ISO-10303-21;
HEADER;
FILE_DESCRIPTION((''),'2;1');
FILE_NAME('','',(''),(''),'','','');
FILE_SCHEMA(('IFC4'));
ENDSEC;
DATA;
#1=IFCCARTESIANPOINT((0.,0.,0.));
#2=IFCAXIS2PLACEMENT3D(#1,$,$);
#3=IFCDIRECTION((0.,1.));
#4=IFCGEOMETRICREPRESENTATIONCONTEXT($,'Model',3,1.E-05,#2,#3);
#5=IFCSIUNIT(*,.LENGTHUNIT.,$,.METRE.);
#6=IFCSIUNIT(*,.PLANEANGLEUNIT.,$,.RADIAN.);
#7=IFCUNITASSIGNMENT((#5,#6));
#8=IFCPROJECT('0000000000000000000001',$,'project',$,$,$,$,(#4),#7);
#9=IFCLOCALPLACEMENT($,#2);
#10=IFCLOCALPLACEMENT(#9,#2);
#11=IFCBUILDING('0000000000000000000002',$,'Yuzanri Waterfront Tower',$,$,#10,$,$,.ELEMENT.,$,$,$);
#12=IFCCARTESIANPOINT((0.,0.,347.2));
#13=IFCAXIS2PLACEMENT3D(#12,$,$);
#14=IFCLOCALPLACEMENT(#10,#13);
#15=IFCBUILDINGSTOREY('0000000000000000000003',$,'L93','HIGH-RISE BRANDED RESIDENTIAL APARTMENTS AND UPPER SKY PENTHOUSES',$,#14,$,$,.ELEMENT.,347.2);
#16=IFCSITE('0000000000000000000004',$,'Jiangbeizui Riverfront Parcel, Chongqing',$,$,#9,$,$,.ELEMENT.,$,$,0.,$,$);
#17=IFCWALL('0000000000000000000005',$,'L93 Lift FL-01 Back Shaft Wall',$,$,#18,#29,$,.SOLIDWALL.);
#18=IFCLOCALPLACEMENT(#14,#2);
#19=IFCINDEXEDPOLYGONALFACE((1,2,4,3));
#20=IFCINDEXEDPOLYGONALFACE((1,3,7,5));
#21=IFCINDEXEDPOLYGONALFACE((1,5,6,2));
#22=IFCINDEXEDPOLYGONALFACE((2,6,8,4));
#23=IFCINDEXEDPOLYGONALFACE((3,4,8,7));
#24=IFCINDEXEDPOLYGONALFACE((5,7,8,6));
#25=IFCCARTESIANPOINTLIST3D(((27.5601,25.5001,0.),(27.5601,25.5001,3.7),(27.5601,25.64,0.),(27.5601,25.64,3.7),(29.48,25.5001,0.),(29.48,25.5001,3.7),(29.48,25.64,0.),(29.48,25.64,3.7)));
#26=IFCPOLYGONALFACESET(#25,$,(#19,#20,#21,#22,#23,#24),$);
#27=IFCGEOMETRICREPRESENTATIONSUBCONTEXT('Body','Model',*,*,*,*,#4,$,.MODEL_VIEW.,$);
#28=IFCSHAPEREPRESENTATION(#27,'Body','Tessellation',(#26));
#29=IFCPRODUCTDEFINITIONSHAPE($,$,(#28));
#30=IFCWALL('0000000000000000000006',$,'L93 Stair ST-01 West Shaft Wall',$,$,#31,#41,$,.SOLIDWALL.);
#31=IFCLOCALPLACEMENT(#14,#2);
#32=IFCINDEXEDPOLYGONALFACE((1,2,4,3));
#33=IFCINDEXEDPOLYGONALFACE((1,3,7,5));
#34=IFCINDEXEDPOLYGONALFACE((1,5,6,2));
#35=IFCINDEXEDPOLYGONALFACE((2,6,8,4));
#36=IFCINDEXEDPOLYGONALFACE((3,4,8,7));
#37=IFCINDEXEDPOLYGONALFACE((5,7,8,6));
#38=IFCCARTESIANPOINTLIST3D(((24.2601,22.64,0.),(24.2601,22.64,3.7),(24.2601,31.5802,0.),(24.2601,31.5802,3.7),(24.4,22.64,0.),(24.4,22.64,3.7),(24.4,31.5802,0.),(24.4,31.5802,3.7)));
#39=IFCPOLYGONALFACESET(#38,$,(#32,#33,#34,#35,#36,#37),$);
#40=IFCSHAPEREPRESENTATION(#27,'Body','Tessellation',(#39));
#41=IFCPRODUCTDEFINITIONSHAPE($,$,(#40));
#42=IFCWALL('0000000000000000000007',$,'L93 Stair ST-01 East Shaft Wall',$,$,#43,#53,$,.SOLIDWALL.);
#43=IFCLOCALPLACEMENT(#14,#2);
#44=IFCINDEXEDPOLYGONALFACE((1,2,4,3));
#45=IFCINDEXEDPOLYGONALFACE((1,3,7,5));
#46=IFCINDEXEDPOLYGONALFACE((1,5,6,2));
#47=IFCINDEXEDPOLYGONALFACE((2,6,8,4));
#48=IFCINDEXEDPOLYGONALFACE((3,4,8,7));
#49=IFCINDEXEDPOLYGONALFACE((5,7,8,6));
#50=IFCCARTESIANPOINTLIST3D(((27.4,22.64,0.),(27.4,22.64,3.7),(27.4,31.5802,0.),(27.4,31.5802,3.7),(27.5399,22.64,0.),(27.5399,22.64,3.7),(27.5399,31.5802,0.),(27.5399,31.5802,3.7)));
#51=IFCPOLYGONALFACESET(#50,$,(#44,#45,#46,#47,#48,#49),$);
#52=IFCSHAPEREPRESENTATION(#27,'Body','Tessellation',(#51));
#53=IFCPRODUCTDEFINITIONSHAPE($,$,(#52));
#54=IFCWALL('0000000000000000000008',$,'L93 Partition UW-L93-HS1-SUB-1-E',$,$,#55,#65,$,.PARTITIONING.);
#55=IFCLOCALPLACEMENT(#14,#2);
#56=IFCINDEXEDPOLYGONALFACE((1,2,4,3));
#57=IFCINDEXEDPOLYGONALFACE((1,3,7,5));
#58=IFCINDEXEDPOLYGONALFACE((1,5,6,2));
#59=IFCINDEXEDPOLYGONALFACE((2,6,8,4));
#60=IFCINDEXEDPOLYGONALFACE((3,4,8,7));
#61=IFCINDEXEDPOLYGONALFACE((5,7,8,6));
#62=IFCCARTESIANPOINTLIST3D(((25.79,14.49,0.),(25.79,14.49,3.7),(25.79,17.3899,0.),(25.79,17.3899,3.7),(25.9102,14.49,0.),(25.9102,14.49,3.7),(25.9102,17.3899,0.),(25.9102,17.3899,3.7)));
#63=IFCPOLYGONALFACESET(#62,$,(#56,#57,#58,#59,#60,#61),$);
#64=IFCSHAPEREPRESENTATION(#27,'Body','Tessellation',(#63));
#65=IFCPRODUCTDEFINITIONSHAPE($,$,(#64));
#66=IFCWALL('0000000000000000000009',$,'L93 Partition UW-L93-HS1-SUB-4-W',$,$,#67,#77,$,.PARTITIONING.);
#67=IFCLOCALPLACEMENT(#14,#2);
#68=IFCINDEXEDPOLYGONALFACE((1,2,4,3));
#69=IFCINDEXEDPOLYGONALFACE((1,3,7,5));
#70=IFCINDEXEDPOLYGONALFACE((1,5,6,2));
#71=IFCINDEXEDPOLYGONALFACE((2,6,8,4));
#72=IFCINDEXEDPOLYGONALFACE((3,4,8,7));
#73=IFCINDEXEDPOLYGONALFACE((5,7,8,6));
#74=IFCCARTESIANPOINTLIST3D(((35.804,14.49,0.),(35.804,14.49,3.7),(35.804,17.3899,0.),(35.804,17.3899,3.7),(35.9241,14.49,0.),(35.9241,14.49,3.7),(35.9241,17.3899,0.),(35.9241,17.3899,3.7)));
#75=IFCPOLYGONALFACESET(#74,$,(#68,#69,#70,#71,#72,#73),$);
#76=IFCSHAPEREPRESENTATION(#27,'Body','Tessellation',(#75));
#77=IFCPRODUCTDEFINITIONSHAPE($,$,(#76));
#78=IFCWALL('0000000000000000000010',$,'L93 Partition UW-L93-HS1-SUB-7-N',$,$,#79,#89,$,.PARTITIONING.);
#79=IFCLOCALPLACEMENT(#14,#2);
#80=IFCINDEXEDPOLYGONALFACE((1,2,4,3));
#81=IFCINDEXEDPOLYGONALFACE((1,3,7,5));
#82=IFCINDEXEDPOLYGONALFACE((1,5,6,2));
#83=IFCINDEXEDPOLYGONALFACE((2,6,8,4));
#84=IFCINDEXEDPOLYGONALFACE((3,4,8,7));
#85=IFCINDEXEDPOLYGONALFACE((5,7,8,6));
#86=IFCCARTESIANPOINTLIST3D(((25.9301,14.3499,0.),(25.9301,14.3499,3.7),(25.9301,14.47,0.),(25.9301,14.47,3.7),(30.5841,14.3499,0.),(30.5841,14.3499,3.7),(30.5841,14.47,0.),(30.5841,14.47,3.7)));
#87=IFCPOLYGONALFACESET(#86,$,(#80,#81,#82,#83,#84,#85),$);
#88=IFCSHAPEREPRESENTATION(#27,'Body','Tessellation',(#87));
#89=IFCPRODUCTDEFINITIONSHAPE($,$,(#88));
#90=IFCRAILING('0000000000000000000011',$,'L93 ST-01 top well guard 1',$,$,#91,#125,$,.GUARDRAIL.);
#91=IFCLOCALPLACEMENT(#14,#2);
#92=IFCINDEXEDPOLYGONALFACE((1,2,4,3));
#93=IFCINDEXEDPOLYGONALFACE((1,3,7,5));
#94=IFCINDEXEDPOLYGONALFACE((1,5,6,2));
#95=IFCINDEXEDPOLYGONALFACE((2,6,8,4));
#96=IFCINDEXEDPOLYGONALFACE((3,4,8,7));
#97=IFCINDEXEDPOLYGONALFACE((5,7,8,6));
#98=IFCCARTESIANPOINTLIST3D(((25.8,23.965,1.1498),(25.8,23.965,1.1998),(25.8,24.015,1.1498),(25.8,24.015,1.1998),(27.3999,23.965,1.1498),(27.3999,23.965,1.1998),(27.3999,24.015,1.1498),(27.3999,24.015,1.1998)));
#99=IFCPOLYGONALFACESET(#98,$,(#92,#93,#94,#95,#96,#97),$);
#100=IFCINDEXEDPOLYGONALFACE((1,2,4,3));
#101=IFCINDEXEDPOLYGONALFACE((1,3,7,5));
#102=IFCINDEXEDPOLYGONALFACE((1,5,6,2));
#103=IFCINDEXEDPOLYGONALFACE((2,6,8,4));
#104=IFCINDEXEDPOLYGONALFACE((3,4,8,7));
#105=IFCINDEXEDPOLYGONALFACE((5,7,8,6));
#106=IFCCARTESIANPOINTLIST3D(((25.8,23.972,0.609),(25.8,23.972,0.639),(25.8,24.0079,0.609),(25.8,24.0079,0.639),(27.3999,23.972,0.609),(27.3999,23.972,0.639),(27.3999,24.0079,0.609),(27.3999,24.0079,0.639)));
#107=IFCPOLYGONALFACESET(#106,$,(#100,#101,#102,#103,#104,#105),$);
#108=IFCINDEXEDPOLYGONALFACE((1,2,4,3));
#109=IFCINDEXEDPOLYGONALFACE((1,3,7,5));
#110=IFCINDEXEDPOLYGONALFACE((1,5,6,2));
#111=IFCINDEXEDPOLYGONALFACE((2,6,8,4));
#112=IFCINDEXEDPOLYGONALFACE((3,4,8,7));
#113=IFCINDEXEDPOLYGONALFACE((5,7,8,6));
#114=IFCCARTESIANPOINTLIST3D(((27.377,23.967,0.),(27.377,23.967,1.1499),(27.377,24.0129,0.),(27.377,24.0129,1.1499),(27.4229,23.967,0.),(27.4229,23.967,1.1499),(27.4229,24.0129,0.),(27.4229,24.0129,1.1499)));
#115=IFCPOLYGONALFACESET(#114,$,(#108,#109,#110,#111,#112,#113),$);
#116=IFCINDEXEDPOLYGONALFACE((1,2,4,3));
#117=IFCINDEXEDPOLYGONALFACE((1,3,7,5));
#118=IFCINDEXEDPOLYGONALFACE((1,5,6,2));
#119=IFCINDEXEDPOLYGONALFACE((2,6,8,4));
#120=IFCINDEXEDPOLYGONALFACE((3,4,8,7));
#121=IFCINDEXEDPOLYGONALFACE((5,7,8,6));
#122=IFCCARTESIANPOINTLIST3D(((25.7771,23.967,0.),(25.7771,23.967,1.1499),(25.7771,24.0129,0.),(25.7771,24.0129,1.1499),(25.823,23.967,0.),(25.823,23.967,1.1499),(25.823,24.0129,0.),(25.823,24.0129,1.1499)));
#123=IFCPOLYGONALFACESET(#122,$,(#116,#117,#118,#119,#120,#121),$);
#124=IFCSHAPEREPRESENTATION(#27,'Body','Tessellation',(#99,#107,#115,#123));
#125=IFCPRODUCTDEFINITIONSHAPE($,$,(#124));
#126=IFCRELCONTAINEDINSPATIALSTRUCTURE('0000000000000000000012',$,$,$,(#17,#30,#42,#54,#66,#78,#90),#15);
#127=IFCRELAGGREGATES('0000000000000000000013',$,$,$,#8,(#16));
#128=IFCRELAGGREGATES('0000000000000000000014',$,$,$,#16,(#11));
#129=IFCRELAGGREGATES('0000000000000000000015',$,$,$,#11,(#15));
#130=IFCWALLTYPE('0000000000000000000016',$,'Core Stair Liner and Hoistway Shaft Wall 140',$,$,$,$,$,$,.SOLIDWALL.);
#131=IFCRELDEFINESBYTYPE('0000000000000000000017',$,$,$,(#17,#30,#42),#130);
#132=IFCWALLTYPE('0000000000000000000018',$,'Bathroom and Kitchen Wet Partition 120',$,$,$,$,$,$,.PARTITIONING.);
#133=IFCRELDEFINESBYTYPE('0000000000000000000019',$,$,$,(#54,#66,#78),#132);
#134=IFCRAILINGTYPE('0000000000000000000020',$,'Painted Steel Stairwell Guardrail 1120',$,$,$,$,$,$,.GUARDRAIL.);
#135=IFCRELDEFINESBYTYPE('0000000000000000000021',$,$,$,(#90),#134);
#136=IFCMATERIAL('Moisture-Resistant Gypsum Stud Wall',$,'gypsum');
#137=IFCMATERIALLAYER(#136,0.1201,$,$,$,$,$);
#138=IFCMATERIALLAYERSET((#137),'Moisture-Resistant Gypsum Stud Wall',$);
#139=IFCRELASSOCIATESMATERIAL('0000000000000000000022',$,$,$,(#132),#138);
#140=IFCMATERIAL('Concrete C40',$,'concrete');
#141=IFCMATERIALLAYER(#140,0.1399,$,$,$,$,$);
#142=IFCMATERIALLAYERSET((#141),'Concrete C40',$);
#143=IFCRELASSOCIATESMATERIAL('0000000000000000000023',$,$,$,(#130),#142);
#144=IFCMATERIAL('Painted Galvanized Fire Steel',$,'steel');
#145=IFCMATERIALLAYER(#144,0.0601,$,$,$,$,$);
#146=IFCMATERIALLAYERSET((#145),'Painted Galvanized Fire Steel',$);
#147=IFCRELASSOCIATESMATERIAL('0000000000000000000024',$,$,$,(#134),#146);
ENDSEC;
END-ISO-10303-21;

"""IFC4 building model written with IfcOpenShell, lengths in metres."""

from ifc_helpers import new_model, si_unit, direction, frame, frame_2d, origin, origin_2d, place, context, subcontext, project, spatial, rectangle, extrude, source, transform, mapped, material, layer, layer_set, type_object, element, save


model = new_model("IFC4")

# Units and contexts
model_context = context("Model", 3, precision=1e-05, world=origin(), true_north=direction((0.0, 1.0)))
body_context = subcontext(model_context, "Body", "Model", "MODEL_VIEW")
ifc_project = project(units=[si_unit("LENGTHUNIT", "METRE"), si_unit("PLANEANGLEUNIT", "RADIAN")], contexts=[model_context])

# Site, building, storey
site_placement = place(None, origin())
site = spatial("IfcSite", under=ifc_project, at=site_placement, Name="Jiangbeizui Riverfront Parcel, Chongqing", CompositionType="ELEMENT", RefElevation=0.0)
building_placement = place(site_placement, origin())
building = spatial("IfcBuilding", under=site, at=building_placement, Name="Yuzanri Waterfront Tower", CompositionType="ELEMENT")
storey_placement = place(building_placement, frame((0.0, 0.0, 347.2)))
storey = spatial("IfcBuildingStorey", under=building, at=storey_placement, Name="L93", Description="HIGH-RISE BRANDED RESIDENTIAL APARTMENTS AND UPPER SKY PENTHOUSES", CompositionType="ELEMENT", Elevation=347.2)

# Shared definitions
ifc_material_1 = material(Name="Moisture-Resistant Gypsum Stud Wall", Category="gypsum")
ifc_layer_1 = layer(ifc_material_1, 0.1201)
ifc_layer_set_1 = layer_set([ifc_layer_1], Name="Moisture-Resistant Gypsum Stud Wall")
wall_type_1 = type_object("IfcWallType", Name="Bathroom and Kitchen Wet Partition 120", PredefinedType="PARTITIONING", material=ifc_layer_set_1)

# Shared definitions
ifc_material_2 = material(Name="Concrete C40", Category="concrete")
ifc_layer_2 = layer(ifc_material_2, 0.1399)
ifc_layer_set_2 = layer_set([ifc_layer_2], Name="Concrete C40")
wall_type_2 = type_object("IfcWallType", Name="Core Stair Liner and Hoistway Shaft Wall 140", PredefinedType="SOLIDWALL", material=ifc_layer_set_2)

# Walls
shared_shape_1 = source(origin(), body_context, "Body", "SweptSolid", [
    extrude(rectangle(XDim=1.9199, YDim=0.1399, at=frame_2d((0.96, 0.0))), origin(), (0.0, 0.0, 1.0), 3.7),
])
wall_1_placement = place(storey_placement, frame((27.5601, 25.5701, 0.0), z_axis=(0.0, 0.0, 1.0), x_axis=(1.0, 0.0, 0.0)))
element("IfcWall", 1, at=wall_1_placement, inside=storey, type_object=wall_type_2, Name="L93 Lift FL-01 Back Shaft Wall", PredefinedType="SOLIDWALL", context=body_context, shape_type="MappedRepresentation", body=[
    mapped(shared_shape_1, transform((0.0, 0.0, 0.0), scale=1.0)),
])
shared_shape_2 = source(origin(), body_context, "Body", "SweptSolid", [
    extrude(rectangle(XDim=8.9402, YDim=0.1399, at=frame_2d((4.4702, 0.0))), origin(), (0.0, 0.0, 1.0), 3.7),
])
for number, where, z_axis, x_axis, name in (
    (2, (24.3301, 22.6399, 0.0), (0.0, 0.0, 1.0), (0.0, 1.0, 0.0), "L93 Stair ST-01 West Shaft Wall"),
    (3, (27.47, 22.6399, 0.0), (0.0, 0.0, 1.0), (0.0, 1.0, 0.0), "L93 Stair ST-01 East Shaft Wall"),
):
    element("IfcWall", number, at=place(storey_placement, frame(where, z_axis=z_axis, x_axis=x_axis)), inside=storey, type_object=wall_type_2, Name=name, PredefinedType="SOLIDWALL", context=body_context, shape_type="MappedRepresentation", body=[
        mapped(shared_shape_2, transform((0.0, 0.0, 0.0), scale=1.0)),
    ])
shared_shape_3 = source(origin(), body_context, "Body", "SweptSolid", [
    extrude(rectangle(XDim=2.8999, YDim=0.1201, at=frame_2d((1.45, 0.0))), origin(), (0.0, 0.0, 1.0), 3.7),
])
for number, where, z_axis, x_axis, name in (
    (4, (25.8501, 14.49, 0.0), (0.0, 0.0, 1.0), (0.0, 1.0, 0.0), "L93 Partition UW-L93-HS1-SUB-1-E"),
    (5, (35.864, 14.49, 0.0), (0.0, 0.0, 1.0), (0.0, 1.0, 0.0), "L93 Partition UW-L93-HS1-SUB-4-W"),
):
    element("IfcWall", number, at=place(storey_placement, frame(where, z_axis=z_axis, x_axis=x_axis)), inside=storey, type_object=wall_type_1, Name=name, PredefinedType="PARTITIONING", context=body_context, shape_type="MappedRepresentation", body=[
        mapped(shared_shape_3, transform((0.0, 0.0, 0.0), scale=1.0)),
    ])
shared_shape_4 = source(origin(), body_context, "Body", "SweptSolid", [
    extrude(rectangle(XDim=4.6541, YDim=0.1201, at=frame_2d((2.3271, 0.0))), origin(), (0.0, 0.0, 1.0), 3.7),
])
wall_2_placement = place(storey_placement, frame((25.9299, 14.4099, 0.0), z_axis=(0.0, 0.0, 1.0), x_axis=(1.0, 0.0, 0.0)))
element("IfcWall", 6, at=wall_2_placement, inside=storey, type_object=wall_type_1, Name="L93 Partition UW-L93-HS1-SUB-7-N", PredefinedType="PARTITIONING", context=body_context, shape_type="MappedRepresentation", body=[
    mapped(shared_shape_4, transform((0.0, 0.0, 0.0), scale=1.0)),
])

# Railing
ifc_material_3 = material(Name="Painted Galvanized Fire Steel", Category="steel")
ifc_layer_3 = layer(ifc_material_3, 0.0601)
ifc_layer_set_3 = layer_set([ifc_layer_3], Name="Painted Galvanized Fire Steel")
railing_type = type_object("IfcRailingType", Name="Painted Steel Stairwell Guardrail 1120", PredefinedType="GUARDRAIL", material=ifc_layer_set_3)
shared_shape_5 = source(origin(), body_context, "Body", "SweptSolid", [
    extrude(rectangle(XDim=0.05, YDim=0.05, at=origin_2d()), frame((0.0, 0.0, 1.1748), z_axis=(-1.0, 0.0, 0.0), x_axis=(0.0, -1.0, 0.0)), (0.0, 0.0, 1.0), 1.5999),
    extrude(rectangle(XDim=0.0359, YDim=0.03, at=origin_2d()), frame((0.0, 0.0, 0.624), z_axis=(-1.0, 0.0, 0.0), x_axis=(0.0, -1.0, 0.0)), (0.0, 0.0, 1.0), 1.5999),
    extrude(rectangle(XDim=0.0459, YDim=0.0459, at=origin_2d()), origin(), (0.0, 0.0, 1.0), 1.1499),
    extrude(rectangle(XDim=0.0459, YDim=0.0459, at=origin_2d()), frame((-1.5999, 0.0, 0.0)), (0.0, 0.0, 1.0), 1.1499),
])
railing_placement = place(storey_placement, frame((27.3999, 23.99, 0.0)))
element("IfcRailing", 7, at=railing_placement, inside=storey, type_object=railing_type, Name="L93 ST-01 top well guard 1", PredefinedType="GUARDRAIL", context=body_context, shape_type="MappedRepresentation", body=[
    mapped(shared_shape_5, transform((0.0, 0.0, 0.0), scale=1.0)),
])

save(model, "model.ifc")
